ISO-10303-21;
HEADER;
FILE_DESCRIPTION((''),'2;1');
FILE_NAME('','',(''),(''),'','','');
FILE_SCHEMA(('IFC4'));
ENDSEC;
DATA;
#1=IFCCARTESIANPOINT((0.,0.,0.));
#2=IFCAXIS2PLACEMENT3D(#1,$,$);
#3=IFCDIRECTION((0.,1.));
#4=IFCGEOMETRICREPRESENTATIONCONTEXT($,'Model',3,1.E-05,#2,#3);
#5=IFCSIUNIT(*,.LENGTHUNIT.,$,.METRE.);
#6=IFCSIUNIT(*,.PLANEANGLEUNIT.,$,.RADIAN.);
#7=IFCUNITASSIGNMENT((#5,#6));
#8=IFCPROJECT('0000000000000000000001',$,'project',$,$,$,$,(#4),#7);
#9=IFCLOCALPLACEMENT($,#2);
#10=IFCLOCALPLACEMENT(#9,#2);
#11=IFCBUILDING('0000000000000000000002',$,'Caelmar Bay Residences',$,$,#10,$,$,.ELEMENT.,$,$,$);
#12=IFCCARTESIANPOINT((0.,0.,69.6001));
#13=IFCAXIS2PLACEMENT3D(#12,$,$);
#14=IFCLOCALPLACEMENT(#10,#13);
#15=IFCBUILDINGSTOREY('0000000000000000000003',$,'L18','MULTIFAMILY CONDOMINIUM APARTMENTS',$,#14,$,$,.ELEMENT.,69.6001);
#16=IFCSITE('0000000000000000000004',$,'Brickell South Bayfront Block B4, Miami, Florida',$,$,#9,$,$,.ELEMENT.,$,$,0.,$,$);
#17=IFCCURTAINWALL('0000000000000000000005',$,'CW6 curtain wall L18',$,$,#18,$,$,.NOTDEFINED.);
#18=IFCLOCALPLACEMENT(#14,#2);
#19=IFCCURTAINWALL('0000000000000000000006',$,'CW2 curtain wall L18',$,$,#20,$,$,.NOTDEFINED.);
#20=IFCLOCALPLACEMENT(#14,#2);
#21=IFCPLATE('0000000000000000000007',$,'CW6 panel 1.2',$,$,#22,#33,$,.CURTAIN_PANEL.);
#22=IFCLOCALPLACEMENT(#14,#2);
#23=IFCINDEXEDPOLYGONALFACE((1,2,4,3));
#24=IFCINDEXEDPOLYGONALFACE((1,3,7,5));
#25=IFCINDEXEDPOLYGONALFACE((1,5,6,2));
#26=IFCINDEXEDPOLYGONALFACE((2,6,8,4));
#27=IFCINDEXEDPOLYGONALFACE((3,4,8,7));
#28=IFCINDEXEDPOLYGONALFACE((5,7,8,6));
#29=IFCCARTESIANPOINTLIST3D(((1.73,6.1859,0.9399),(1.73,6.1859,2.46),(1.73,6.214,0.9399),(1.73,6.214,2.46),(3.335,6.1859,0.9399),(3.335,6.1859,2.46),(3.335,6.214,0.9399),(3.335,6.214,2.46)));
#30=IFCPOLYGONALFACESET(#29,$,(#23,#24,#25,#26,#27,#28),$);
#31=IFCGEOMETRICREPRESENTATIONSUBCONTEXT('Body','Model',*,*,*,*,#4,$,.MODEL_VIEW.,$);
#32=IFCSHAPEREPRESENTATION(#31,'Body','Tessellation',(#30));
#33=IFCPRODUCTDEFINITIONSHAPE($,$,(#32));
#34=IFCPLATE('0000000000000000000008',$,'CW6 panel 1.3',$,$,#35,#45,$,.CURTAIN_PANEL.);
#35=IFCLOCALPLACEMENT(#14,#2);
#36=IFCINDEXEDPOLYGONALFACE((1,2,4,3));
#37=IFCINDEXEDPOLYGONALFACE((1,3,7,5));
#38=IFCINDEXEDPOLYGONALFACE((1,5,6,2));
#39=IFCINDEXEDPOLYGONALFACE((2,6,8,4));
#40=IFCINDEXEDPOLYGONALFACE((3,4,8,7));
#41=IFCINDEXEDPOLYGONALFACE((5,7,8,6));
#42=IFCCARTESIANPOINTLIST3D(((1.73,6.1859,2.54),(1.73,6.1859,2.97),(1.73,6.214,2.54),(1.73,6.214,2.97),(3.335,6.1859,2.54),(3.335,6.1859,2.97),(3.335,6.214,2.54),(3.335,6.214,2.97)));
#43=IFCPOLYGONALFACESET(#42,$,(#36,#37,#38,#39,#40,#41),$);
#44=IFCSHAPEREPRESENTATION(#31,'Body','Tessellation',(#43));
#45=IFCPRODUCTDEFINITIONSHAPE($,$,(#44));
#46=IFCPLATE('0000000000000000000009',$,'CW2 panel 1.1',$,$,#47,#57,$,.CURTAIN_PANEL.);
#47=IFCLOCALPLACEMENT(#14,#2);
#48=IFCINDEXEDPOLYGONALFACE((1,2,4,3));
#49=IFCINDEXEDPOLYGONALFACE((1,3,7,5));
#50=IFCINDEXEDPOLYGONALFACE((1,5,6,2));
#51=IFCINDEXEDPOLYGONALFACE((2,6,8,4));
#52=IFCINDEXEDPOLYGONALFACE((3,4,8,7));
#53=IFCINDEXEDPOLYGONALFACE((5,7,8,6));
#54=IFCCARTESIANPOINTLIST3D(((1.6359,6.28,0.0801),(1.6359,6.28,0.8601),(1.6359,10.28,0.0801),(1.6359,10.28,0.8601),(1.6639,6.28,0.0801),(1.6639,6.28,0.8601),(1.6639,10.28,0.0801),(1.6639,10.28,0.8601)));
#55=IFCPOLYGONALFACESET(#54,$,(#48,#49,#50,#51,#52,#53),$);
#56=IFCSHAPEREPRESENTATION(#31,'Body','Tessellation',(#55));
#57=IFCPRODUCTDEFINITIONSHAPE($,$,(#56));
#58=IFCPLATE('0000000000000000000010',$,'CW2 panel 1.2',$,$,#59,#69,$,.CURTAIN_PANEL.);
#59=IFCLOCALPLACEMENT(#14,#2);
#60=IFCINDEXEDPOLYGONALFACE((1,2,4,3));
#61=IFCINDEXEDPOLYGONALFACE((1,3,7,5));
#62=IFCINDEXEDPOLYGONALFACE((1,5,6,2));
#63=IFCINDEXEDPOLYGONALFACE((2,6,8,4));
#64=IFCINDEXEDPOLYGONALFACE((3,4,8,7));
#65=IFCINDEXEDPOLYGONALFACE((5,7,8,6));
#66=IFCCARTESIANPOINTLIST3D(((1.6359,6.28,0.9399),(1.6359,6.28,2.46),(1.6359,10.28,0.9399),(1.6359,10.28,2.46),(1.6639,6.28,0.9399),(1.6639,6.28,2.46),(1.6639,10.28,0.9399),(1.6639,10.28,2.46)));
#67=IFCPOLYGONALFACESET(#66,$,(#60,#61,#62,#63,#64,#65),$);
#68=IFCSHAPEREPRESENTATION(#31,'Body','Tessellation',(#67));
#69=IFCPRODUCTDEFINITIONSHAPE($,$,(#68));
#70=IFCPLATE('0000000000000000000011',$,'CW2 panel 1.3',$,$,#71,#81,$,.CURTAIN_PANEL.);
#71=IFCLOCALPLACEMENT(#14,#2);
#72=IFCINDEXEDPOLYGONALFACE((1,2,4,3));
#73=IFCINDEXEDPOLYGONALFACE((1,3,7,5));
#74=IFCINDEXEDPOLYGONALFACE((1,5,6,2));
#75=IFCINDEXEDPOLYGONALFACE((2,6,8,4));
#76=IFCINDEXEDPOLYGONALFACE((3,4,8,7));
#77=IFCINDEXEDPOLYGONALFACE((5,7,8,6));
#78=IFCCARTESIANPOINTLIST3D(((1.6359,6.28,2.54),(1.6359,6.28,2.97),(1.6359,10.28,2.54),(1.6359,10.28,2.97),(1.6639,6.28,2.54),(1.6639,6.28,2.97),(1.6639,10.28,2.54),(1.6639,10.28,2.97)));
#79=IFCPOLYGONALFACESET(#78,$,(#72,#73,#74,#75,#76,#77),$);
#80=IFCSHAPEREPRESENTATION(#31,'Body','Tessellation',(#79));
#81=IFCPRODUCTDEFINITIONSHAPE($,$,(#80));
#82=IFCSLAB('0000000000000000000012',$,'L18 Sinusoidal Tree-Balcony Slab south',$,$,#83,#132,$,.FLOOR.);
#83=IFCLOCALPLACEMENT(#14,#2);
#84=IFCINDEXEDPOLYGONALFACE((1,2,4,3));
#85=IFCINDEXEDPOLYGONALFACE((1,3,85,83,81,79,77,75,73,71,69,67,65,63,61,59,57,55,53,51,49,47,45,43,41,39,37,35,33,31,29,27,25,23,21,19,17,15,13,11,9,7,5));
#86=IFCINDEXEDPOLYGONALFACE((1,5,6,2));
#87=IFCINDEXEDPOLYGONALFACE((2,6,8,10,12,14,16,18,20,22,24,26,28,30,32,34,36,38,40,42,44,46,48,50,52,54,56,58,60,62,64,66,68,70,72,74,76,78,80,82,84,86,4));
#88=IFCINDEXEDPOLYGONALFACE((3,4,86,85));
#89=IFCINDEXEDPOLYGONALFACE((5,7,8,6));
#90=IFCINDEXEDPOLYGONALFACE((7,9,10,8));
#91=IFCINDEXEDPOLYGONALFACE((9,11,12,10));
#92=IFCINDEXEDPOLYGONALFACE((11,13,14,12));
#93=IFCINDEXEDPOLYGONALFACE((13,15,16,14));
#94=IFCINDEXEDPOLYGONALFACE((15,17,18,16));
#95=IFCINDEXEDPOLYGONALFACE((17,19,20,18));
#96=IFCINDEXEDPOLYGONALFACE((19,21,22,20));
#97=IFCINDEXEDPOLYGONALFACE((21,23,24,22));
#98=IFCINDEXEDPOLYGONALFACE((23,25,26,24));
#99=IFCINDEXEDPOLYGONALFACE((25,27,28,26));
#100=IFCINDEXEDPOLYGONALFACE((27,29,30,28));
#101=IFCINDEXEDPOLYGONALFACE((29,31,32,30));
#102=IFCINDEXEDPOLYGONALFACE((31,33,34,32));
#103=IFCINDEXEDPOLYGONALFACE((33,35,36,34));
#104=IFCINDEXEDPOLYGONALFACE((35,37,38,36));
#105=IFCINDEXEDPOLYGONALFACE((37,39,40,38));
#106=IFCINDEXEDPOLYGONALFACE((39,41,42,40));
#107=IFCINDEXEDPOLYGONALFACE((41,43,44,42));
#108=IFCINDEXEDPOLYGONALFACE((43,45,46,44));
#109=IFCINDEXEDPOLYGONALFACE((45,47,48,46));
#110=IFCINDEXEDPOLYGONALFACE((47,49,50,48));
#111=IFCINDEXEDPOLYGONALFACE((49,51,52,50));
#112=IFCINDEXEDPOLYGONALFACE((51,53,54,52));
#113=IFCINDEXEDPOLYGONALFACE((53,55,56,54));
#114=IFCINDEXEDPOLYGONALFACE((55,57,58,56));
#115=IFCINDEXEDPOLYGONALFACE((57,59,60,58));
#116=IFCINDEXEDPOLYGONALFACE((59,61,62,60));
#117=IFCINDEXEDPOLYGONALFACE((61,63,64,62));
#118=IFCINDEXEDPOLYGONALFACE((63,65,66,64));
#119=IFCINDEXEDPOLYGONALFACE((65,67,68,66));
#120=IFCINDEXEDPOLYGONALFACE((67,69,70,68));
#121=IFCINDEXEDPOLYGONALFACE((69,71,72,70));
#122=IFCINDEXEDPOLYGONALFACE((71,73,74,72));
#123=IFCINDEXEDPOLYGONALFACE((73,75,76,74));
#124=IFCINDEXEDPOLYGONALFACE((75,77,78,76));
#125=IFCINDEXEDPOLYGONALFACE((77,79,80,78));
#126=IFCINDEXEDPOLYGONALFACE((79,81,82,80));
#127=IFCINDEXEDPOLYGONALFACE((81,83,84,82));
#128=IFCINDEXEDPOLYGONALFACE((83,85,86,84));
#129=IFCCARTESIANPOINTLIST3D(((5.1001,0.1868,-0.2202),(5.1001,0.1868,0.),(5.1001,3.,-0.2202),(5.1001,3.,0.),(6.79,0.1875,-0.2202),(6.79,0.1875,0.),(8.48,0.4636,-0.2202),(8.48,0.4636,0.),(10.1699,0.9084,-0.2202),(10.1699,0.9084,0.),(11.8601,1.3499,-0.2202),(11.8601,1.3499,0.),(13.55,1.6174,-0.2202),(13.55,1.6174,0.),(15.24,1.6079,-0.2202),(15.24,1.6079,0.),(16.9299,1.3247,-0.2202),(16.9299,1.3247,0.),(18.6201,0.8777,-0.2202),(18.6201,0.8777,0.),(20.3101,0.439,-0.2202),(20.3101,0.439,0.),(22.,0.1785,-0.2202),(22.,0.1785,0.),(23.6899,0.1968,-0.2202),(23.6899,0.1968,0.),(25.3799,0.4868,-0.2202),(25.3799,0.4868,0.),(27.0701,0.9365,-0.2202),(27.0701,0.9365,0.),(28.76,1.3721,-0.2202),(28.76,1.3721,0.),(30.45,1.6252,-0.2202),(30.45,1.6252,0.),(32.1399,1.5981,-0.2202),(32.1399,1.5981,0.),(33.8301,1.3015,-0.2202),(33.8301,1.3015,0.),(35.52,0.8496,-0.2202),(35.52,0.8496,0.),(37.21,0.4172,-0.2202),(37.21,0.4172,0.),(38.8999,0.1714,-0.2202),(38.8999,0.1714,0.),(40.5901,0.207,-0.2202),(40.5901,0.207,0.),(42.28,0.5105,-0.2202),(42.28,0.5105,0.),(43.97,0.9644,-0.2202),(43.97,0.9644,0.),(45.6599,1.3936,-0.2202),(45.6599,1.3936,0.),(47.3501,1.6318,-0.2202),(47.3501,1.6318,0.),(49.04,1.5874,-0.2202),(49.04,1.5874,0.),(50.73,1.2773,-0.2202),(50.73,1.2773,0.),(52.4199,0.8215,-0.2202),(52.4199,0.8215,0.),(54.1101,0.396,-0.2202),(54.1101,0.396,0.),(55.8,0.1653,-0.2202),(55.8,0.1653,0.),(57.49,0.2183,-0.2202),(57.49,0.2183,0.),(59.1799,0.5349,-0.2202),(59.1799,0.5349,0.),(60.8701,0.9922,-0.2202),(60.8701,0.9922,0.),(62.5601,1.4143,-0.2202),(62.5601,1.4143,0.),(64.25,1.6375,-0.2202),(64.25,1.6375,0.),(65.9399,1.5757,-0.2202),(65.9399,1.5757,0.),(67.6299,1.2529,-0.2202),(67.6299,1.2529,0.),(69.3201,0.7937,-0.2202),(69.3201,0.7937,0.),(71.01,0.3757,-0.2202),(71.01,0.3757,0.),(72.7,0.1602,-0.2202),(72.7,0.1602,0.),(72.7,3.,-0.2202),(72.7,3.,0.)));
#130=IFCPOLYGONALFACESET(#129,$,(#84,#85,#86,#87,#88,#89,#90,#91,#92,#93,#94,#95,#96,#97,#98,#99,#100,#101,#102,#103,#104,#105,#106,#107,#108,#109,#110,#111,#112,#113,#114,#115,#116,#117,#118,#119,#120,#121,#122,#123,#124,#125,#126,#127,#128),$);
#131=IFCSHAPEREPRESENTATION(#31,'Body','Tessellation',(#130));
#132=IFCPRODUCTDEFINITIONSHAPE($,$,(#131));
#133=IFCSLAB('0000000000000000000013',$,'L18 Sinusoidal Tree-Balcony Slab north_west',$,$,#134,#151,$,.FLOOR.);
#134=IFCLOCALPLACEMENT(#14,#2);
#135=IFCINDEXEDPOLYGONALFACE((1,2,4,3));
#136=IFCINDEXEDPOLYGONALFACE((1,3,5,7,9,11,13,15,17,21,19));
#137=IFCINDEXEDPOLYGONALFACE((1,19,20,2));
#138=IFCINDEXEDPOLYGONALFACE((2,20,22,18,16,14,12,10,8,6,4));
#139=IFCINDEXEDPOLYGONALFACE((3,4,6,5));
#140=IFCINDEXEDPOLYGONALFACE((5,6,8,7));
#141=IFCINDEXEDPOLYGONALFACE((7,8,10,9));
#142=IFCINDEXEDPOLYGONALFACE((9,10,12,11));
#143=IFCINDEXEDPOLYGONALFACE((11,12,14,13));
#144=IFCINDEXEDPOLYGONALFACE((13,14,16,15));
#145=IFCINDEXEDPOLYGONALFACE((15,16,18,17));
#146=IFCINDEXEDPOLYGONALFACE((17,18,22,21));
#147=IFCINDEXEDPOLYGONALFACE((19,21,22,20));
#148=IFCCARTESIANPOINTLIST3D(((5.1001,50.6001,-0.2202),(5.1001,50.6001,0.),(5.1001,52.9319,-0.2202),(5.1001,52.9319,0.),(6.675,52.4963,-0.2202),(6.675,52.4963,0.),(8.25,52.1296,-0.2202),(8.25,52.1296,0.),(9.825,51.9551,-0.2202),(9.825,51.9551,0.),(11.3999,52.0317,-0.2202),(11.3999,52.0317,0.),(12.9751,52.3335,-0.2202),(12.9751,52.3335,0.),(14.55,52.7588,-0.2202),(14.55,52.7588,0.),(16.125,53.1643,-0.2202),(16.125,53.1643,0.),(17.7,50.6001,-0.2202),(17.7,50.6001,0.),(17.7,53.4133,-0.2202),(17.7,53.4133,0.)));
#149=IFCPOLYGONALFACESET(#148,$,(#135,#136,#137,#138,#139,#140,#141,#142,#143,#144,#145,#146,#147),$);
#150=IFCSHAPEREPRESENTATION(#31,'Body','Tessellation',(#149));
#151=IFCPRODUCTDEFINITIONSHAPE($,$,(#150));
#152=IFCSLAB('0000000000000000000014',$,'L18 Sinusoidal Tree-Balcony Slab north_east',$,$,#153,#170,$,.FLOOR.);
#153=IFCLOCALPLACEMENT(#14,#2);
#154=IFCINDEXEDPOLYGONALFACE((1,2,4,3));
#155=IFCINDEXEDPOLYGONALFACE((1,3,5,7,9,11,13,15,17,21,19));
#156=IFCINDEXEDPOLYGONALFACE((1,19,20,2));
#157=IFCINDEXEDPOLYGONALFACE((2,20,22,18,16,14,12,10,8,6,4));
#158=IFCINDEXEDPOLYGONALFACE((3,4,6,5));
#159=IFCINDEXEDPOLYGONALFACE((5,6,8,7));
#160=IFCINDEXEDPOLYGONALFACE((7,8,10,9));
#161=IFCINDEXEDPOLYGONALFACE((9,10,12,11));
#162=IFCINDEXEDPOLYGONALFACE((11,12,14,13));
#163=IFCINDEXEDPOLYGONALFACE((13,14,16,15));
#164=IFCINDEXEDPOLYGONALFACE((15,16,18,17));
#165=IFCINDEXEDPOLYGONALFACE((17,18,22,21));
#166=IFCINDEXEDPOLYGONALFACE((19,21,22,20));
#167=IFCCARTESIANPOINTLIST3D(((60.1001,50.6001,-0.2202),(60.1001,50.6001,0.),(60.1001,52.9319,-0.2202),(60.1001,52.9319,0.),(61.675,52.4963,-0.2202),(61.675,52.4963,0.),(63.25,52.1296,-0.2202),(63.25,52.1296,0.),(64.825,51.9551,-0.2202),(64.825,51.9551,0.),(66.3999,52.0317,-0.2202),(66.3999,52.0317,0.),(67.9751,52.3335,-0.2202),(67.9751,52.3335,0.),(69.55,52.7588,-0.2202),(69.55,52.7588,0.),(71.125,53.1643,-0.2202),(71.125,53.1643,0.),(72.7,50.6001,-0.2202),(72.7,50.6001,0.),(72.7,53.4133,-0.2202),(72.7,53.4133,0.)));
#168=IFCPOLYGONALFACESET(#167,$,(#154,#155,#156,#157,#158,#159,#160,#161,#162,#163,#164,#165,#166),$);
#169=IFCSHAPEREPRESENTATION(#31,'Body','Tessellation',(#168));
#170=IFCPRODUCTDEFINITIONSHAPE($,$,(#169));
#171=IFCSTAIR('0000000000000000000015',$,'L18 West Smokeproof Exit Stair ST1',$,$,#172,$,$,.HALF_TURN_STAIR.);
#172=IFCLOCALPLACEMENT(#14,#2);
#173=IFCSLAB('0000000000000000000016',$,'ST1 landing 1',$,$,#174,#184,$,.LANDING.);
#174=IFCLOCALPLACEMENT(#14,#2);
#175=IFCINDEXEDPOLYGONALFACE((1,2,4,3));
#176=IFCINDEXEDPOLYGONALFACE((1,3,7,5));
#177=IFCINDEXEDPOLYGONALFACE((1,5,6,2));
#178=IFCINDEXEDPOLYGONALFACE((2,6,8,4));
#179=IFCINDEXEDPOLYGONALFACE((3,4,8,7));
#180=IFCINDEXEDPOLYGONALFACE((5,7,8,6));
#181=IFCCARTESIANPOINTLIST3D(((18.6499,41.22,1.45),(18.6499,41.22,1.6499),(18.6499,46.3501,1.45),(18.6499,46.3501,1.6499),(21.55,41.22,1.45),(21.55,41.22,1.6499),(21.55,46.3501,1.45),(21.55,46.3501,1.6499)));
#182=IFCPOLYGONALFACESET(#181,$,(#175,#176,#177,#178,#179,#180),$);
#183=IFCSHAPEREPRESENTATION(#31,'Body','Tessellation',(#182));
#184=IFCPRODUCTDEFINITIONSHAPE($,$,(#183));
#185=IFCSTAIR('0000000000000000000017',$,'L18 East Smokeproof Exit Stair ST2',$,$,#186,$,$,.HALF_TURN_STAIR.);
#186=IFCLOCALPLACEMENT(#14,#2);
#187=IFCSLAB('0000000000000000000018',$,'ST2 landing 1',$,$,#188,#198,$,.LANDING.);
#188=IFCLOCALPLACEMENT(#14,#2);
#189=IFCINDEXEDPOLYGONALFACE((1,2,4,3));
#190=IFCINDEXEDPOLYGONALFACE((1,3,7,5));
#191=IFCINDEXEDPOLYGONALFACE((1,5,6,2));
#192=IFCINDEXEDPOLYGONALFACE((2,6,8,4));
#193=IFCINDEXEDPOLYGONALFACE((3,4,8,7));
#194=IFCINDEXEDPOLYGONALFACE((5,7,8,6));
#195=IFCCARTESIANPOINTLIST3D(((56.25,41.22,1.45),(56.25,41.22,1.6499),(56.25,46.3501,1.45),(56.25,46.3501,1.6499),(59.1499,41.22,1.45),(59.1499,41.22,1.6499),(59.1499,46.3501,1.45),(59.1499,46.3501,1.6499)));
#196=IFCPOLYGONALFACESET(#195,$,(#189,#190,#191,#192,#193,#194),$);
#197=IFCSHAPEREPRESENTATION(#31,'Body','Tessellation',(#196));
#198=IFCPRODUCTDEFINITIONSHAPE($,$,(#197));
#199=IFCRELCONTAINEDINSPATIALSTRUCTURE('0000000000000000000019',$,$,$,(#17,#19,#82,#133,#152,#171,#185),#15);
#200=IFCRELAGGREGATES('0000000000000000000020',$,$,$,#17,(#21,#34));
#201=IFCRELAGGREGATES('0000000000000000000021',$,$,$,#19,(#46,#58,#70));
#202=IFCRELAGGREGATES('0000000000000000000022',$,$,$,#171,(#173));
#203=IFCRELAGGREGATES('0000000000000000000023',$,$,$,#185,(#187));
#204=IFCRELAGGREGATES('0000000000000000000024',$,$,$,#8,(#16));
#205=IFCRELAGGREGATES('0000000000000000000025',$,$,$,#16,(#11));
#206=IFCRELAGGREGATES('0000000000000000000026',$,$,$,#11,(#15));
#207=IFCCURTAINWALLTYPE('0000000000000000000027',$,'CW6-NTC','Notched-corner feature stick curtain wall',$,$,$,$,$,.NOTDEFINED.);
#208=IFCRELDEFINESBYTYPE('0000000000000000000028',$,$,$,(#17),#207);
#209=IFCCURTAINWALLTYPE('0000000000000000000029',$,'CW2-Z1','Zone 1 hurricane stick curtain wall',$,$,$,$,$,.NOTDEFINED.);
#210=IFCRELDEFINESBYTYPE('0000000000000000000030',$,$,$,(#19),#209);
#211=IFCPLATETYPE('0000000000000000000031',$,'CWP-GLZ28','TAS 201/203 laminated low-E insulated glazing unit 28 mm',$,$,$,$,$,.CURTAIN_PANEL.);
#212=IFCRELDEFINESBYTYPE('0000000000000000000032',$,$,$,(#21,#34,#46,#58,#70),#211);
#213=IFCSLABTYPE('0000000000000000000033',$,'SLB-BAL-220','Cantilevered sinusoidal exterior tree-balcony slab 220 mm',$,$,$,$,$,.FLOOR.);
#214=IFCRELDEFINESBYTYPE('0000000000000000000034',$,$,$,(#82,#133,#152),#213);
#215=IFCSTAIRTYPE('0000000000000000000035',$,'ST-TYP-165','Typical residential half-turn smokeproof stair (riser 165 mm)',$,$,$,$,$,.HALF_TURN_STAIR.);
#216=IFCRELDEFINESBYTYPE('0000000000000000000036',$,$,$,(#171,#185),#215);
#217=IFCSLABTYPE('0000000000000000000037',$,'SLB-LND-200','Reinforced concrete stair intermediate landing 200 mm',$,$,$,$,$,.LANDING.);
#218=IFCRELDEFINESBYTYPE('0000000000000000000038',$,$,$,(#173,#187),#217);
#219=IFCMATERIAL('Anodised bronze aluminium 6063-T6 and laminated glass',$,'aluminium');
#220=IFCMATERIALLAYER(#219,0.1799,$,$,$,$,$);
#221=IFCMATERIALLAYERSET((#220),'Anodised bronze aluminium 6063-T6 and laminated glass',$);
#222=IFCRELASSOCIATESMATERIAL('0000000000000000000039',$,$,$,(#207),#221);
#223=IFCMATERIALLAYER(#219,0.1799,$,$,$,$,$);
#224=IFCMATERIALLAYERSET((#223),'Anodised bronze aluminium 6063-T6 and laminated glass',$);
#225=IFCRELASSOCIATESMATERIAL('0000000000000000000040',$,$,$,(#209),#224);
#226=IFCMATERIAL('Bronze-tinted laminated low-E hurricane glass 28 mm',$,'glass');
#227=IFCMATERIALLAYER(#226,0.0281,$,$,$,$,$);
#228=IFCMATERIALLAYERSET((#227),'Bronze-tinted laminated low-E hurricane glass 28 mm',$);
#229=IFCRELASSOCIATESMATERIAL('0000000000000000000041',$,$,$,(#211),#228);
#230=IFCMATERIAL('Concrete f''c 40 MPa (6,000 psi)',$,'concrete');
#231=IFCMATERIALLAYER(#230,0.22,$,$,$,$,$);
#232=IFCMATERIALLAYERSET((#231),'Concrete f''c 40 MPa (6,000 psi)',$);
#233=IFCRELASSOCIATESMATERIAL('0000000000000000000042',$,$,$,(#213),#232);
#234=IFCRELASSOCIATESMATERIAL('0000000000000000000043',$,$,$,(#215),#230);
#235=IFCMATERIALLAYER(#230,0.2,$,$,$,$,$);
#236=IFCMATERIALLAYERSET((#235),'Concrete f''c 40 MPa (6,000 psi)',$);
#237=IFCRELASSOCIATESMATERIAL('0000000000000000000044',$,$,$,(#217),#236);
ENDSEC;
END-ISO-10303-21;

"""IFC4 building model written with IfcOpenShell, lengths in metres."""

from ifc_helpers import new_model, si_unit, direction, frame, origin, origin_2d, place, context, subcontext, project, spatial, polyline, rectangle, outline, extrude, material, layer, layer_set, type_object, element, aggregate, save


model = new_model("IFC4")

# Units and contexts
model_context = context("Model", 3, precision=1e-05, world=origin(), true_north=direction((0.0, 1.0)))
body_context = subcontext(model_context, "Body", "Model", "MODEL_VIEW")
ifc_project = project(units=[si_unit("LENGTHUNIT", "METRE"), si_unit("PLANEANGLEUNIT", "RADIAN")], contexts=[model_context])

# Site, building, storey
site_placement = place(None, origin())
site = spatial("IfcSite", under=ifc_project, at=site_placement, Name="Brickell South Bayfront Block B4, Miami, Florida", CompositionType="ELEMENT", RefElevation=0.0)
building_placement = place(site_placement, origin())
building = spatial("IfcBuilding", under=site, at=building_placement, Name="Caelmar Bay Residences", CompositionType="ELEMENT")
storey_placement = place(building_placement, frame((0.0, 0.0, 69.6001)))
storey = spatial("IfcBuildingStorey", under=building, at=storey_placement, Name="L18", Description="MULTIFAMILY CONDOMINIUM APARTMENTS", CompositionType="ELEMENT", Elevation=69.6001)

# Curtain wall
ifc_material_1 = material(Name="Anodised bronze aluminium 6063-T6 and laminated glass", Category="aluminium")
ifc_layer_1 = layer(ifc_material_1, 0.1799)
ifc_layer_set_1 = layer_set([ifc_layer_1], Name="Anodised bronze aluminium 6063-T6 and laminated glass")
curtain_wall_type_1 = type_object("IfcCurtainWallType", Name="CW6-NTC", Description="Notched-corner feature stick curtain wall", PredefinedType="NOTDEFINED", material=ifc_layer_set_1)
curtain_wall_1_placement = place(storey_placement, origin())
curtain_wall_1 = element("IfcCurtainWall", 1, at=curtain_wall_1_placement, inside=storey, type_object=curtain_wall_type_1, Name="CW6 curtain wall L18", PredefinedType="NOTDEFINED")

# Curtain wall
ifc_layer_2 = layer(ifc_material_1, 0.1799)
ifc_layer_set_2 = layer_set([ifc_layer_2], Name="Anodised bronze aluminium 6063-T6 and laminated glass")
curtain_wall_type_2 = type_object("IfcCurtainWallType", Name="CW2-Z1", Description="Zone 1 hurricane stick curtain wall", PredefinedType="NOTDEFINED", material=ifc_layer_set_2)
curtain_wall_2_placement = place(storey_placement, origin())
curtain_wall_2 = element("IfcCurtainWall", 2, at=curtain_wall_2_placement, inside=storey, type_object=curtain_wall_type_2, Name="CW2 curtain wall L18", PredefinedType="NOTDEFINED")

# Plates
ifc_material_2 = material(Name="Bronze-tinted laminated low-E hurricane glass 28 mm", Category="glass")
ifc_layer_3 = layer(ifc_material_2, 0.0281)
ifc_layer_set_3 = layer_set([ifc_layer_3], Name="Bronze-tinted laminated low-E hurricane glass 28 mm")
plate_type = type_object("IfcPlateType", Name="CWP-GLZ28", Description="TAS 201/203 laminated low-E insulated glazing unit 28 mm", PredefinedType="CURTAIN_PANEL", material=ifc_layer_set_3)
plate_1_placement = place(storey_placement, frame((2.5325, 6.2, 0.9399), z_axis=(0.0, 0.0, 1.0), x_axis=(1.0, 0.0, 0.0)))
plate_1 = element("IfcPlate", 3, at=plate_1_placement, type_object=plate_type, Name="CW6 panel 1.2", PredefinedType="CURTAIN_PANEL", context=body_context, shape_type="SweptSolid", body=[
    extrude(rectangle(XDim=1.605, YDim=0.0281, at=origin_2d()), origin(), (0.0, 0.0, 1.0), 1.52),
])
plate_2_placement = place(storey_placement, frame((2.5325, 6.2, 2.54), z_axis=(0.0, 0.0, 1.0), x_axis=(1.0, 0.0, 0.0)))
plate_2 = element("IfcPlate", 4, at=plate_2_placement, type_object=plate_type, Name="CW6 panel 1.3", PredefinedType="CURTAIN_PANEL", context=body_context, shape_type="SweptSolid", body=[
    extrude(rectangle(XDim=1.605, YDim=0.0281, at=origin_2d()), origin(), (0.0, 0.0, 1.0), 0.4299),
])
aggregate(curtain_wall_1, [plate_1, plate_2])
plate_3_placement = place(storey_placement, frame((1.6499, 8.28, 0.0801), z_axis=(0.0, 0.0, 1.0), x_axis=(0.0, 1.0, 0.0)))
plate_3 = element("IfcPlate", 5, at=plate_3_placement, type_object=plate_type, Name="CW2 panel 1.1", PredefinedType="CURTAIN_PANEL", context=body_context, shape_type="SweptSolid", body=[
    extrude(rectangle(XDim=4.0, YDim=0.0281, at=origin_2d()), origin(), (0.0, 0.0, 1.0), 0.78),
])
plate_4_placement = place(storey_placement, frame((1.6499, 8.28, 0.9399), z_axis=(0.0, 0.0, 1.0), x_axis=(0.0, 1.0, 0.0)))
plate_4 = element("IfcPlate", 6, at=plate_4_placement, type_object=plate_type, Name="CW2 panel 1.2", PredefinedType="CURTAIN_PANEL", context=body_context, shape_type="SweptSolid", body=[
    extrude(rectangle(XDim=4.0, YDim=0.0281, at=origin_2d()), origin(), (0.0, 0.0, 1.0), 1.52),
])
plate_5_placement = place(storey_placement, frame((1.6499, 8.28, 2.54), z_axis=(0.0, 0.0, 1.0), x_axis=(0.0, 1.0, 0.0)))
plate_5 = element("IfcPlate", 7, at=plate_5_placement, type_object=plate_type, Name="CW2 panel 1.3", PredefinedType="CURTAIN_PANEL", context=body_context, shape_type="SweptSolid", body=[
    extrude(rectangle(XDim=4.0, YDim=0.0281, at=origin_2d()), origin(), (0.0, 0.0, 1.0), 0.4299),
])
aggregate(curtain_wall_2, [plate_3, plate_4, plate_5])

# Slabs
ifc_material_3 = material(Name="Concrete f'c 40 MPa (6,000 psi)", Category="concrete")
ifc_layer_4 = layer(ifc_material_3, 0.22)
ifc_layer_set_4 = layer_set([ifc_layer_4], Name="Concrete f'c 40 MPa (6,000 psi)")
slab_type_1 = type_object("IfcSlabType", Name="SLB-BAL-220", Description="Cantilevered sinusoidal exterior tree-balcony slab 220 mm", PredefinedType="FLOOR", material=ifc_layer_set_4)
slab_1_placement = place(storey_placement, frame((0.0, 0.0, -0.2202)))
element("IfcSlab", 8, at=slab_1_placement, inside=storey, type_object=slab_type_1, Name="L18 Sinusoidal Tree-Balcony Slab south", PredefinedType="FLOOR", context=body_context, shape_type="SweptSolid", body=[
    extrude(outline(polyline([(5.1001, 0.1868), (6.79, 0.1875), (8.48, 0.4636), (10.1699, 0.9084), (11.8601, 1.3499), (13.55, 1.6174), (15.24, 1.6079), (16.9299, 1.3247), (18.6201, 0.8777), (20.3101, 0.439), (22.0, 0.1785), (23.6899, 0.1968), (25.3799, 0.4868), (27.0701, 0.9365), (28.76, 1.3721), (30.45, 1.6252), (32.1399, 1.5981), (33.8301, 1.3015), (35.52, 0.8496), (37.21, 0.4172), (38.8999, 0.1714), (40.5901, 0.207), (42.28, 0.5105), (43.97, 0.9644), (45.6599, 1.3936), (47.3501, 1.6318), (49.04, 1.5874), (50.73, 1.2773), (52.4199, 0.8215), (54.1101, 0.396), (55.8, 0.1653), (57.49, 0.2183), (59.1799, 0.5349), (60.8701, 0.9922), (62.5601, 1.4143), (64.25, 1.6375), (65.9399, 1.5757), (67.6299, 1.2529), (69.3201, 0.7937), (71.01, 0.3757), (72.7, 0.1602), (72.7, 3.0), (5.1001, 3.0), (5.1001, 0.1868)])), origin(), (0.0, 0.0, 1.0), 0.2202),
])
slab_2_placement = place(storey_placement, frame((0.0, 0.0, -0.2202)))
element("IfcSlab", 9, at=slab_2_placement, inside=storey, type_object=slab_type_1, Name="L18 Sinusoidal Tree-Balcony Slab north_west", PredefinedType="FLOOR", context=body_context, shape_type="SweptSolid", body=[
    extrude(outline(polyline([(5.1001, 50.6001), (17.7, 50.6001), (17.7, 53.4133), (16.125, 53.1643), (14.55, 52.7588), (12.9751, 52.3335), (11.3999, 52.0317), (9.825, 51.9551), (8.25, 52.1296), (6.675, 52.4963), (5.1001, 52.9319), (5.1001, 50.6001)])), origin(), (0.0, 0.0, 1.0), 0.2202),
])
slab_3_placement = place(storey_placement, frame((0.0, 0.0, -0.2202)))
element("IfcSlab", 10, at=slab_3_placement, inside=storey, type_object=slab_type_1, Name="L18 Sinusoidal Tree-Balcony Slab north_east", PredefinedType="FLOOR", context=body_context, shape_type="SweptSolid", body=[
    extrude(outline(polyline([(60.1001, 50.6001), (72.7, 50.6001), (72.7, 53.4133), (71.125, 53.1643), (69.55, 52.7588), (67.9751, 52.3335), (66.3999, 52.0317), (64.825, 51.9551), (63.25, 52.1296), (61.675, 52.4963), (60.1001, 52.9319), (60.1001, 50.6001)])), origin(), (0.0, 0.0, 1.0), 0.2202),
])

# Stairs, slabs
stair_type = type_object("IfcStairType", Name="ST-TYP-165", Description="Typical residential half-turn smokeproof stair (riser 165 mm)", PredefinedType="HALF_TURN_STAIR", material=ifc_material_3)
stair_1_placement = place(storey_placement, origin())
stair_1 = element("IfcStair", 11, at=stair_1_placement, inside=storey, type_object=stair_type, Name="L18 West Smokeproof Exit Stair ST1", PredefinedType="HALF_TURN_STAIR")
ifc_layer_5 = layer(ifc_material_3, 0.2)
ifc_layer_set_5 = layer_set([ifc_layer_5], Name="Concrete f'c 40 MPa (6,000 psi)")
slab_type_2 = type_object("IfcSlabType", Name="SLB-LND-200", Description="Reinforced concrete stair intermediate landing 200 mm", PredefinedType="LANDING", material=ifc_layer_set_5)
slab_4_placement = place(storey_placement, frame((0.0, 0.0, 1.45)))
slab_4 = element("IfcSlab", 12, at=slab_4_placement, type_object=slab_type_2, Name="ST1 landing 1", PredefinedType="LANDING", context=body_context, shape_type="SweptSolid", body=[
    extrude(outline(polyline([(21.55, 41.22), (21.55, 46.3501), (18.6499, 46.3501), (18.6499, 41.22), (21.55, 41.22)])), origin(), (0.0, 0.0, 1.0), 0.2),
])
aggregate(stair_1, [slab_4])
stair_2_placement = place(storey_placement, origin())
stair_2 = element("IfcStair", 13, at=stair_2_placement, inside=storey, type_object=stair_type, Name="L18 East Smokeproof Exit Stair ST2", PredefinedType="HALF_TURN_STAIR")
slab_5_placement = place(storey_placement, frame((0.0, 0.0, 1.45)))
slab_5 = element("IfcSlab", 14, at=slab_5_placement, type_object=slab_type_2, Name="ST2 landing 1", PredefinedType="LANDING", context=body_context, shape_type="SweptSolid", body=[
    extrude(outline(polyline([(59.1499, 41.22), (59.1499, 46.3501), (56.25, 46.3501), (56.25, 41.22), (59.1499, 41.22)])), origin(), (0.0, 0.0, 1.0), 0.2),
])
aggregate(stair_2, [slab_5])

save(model, "model.ifc")
